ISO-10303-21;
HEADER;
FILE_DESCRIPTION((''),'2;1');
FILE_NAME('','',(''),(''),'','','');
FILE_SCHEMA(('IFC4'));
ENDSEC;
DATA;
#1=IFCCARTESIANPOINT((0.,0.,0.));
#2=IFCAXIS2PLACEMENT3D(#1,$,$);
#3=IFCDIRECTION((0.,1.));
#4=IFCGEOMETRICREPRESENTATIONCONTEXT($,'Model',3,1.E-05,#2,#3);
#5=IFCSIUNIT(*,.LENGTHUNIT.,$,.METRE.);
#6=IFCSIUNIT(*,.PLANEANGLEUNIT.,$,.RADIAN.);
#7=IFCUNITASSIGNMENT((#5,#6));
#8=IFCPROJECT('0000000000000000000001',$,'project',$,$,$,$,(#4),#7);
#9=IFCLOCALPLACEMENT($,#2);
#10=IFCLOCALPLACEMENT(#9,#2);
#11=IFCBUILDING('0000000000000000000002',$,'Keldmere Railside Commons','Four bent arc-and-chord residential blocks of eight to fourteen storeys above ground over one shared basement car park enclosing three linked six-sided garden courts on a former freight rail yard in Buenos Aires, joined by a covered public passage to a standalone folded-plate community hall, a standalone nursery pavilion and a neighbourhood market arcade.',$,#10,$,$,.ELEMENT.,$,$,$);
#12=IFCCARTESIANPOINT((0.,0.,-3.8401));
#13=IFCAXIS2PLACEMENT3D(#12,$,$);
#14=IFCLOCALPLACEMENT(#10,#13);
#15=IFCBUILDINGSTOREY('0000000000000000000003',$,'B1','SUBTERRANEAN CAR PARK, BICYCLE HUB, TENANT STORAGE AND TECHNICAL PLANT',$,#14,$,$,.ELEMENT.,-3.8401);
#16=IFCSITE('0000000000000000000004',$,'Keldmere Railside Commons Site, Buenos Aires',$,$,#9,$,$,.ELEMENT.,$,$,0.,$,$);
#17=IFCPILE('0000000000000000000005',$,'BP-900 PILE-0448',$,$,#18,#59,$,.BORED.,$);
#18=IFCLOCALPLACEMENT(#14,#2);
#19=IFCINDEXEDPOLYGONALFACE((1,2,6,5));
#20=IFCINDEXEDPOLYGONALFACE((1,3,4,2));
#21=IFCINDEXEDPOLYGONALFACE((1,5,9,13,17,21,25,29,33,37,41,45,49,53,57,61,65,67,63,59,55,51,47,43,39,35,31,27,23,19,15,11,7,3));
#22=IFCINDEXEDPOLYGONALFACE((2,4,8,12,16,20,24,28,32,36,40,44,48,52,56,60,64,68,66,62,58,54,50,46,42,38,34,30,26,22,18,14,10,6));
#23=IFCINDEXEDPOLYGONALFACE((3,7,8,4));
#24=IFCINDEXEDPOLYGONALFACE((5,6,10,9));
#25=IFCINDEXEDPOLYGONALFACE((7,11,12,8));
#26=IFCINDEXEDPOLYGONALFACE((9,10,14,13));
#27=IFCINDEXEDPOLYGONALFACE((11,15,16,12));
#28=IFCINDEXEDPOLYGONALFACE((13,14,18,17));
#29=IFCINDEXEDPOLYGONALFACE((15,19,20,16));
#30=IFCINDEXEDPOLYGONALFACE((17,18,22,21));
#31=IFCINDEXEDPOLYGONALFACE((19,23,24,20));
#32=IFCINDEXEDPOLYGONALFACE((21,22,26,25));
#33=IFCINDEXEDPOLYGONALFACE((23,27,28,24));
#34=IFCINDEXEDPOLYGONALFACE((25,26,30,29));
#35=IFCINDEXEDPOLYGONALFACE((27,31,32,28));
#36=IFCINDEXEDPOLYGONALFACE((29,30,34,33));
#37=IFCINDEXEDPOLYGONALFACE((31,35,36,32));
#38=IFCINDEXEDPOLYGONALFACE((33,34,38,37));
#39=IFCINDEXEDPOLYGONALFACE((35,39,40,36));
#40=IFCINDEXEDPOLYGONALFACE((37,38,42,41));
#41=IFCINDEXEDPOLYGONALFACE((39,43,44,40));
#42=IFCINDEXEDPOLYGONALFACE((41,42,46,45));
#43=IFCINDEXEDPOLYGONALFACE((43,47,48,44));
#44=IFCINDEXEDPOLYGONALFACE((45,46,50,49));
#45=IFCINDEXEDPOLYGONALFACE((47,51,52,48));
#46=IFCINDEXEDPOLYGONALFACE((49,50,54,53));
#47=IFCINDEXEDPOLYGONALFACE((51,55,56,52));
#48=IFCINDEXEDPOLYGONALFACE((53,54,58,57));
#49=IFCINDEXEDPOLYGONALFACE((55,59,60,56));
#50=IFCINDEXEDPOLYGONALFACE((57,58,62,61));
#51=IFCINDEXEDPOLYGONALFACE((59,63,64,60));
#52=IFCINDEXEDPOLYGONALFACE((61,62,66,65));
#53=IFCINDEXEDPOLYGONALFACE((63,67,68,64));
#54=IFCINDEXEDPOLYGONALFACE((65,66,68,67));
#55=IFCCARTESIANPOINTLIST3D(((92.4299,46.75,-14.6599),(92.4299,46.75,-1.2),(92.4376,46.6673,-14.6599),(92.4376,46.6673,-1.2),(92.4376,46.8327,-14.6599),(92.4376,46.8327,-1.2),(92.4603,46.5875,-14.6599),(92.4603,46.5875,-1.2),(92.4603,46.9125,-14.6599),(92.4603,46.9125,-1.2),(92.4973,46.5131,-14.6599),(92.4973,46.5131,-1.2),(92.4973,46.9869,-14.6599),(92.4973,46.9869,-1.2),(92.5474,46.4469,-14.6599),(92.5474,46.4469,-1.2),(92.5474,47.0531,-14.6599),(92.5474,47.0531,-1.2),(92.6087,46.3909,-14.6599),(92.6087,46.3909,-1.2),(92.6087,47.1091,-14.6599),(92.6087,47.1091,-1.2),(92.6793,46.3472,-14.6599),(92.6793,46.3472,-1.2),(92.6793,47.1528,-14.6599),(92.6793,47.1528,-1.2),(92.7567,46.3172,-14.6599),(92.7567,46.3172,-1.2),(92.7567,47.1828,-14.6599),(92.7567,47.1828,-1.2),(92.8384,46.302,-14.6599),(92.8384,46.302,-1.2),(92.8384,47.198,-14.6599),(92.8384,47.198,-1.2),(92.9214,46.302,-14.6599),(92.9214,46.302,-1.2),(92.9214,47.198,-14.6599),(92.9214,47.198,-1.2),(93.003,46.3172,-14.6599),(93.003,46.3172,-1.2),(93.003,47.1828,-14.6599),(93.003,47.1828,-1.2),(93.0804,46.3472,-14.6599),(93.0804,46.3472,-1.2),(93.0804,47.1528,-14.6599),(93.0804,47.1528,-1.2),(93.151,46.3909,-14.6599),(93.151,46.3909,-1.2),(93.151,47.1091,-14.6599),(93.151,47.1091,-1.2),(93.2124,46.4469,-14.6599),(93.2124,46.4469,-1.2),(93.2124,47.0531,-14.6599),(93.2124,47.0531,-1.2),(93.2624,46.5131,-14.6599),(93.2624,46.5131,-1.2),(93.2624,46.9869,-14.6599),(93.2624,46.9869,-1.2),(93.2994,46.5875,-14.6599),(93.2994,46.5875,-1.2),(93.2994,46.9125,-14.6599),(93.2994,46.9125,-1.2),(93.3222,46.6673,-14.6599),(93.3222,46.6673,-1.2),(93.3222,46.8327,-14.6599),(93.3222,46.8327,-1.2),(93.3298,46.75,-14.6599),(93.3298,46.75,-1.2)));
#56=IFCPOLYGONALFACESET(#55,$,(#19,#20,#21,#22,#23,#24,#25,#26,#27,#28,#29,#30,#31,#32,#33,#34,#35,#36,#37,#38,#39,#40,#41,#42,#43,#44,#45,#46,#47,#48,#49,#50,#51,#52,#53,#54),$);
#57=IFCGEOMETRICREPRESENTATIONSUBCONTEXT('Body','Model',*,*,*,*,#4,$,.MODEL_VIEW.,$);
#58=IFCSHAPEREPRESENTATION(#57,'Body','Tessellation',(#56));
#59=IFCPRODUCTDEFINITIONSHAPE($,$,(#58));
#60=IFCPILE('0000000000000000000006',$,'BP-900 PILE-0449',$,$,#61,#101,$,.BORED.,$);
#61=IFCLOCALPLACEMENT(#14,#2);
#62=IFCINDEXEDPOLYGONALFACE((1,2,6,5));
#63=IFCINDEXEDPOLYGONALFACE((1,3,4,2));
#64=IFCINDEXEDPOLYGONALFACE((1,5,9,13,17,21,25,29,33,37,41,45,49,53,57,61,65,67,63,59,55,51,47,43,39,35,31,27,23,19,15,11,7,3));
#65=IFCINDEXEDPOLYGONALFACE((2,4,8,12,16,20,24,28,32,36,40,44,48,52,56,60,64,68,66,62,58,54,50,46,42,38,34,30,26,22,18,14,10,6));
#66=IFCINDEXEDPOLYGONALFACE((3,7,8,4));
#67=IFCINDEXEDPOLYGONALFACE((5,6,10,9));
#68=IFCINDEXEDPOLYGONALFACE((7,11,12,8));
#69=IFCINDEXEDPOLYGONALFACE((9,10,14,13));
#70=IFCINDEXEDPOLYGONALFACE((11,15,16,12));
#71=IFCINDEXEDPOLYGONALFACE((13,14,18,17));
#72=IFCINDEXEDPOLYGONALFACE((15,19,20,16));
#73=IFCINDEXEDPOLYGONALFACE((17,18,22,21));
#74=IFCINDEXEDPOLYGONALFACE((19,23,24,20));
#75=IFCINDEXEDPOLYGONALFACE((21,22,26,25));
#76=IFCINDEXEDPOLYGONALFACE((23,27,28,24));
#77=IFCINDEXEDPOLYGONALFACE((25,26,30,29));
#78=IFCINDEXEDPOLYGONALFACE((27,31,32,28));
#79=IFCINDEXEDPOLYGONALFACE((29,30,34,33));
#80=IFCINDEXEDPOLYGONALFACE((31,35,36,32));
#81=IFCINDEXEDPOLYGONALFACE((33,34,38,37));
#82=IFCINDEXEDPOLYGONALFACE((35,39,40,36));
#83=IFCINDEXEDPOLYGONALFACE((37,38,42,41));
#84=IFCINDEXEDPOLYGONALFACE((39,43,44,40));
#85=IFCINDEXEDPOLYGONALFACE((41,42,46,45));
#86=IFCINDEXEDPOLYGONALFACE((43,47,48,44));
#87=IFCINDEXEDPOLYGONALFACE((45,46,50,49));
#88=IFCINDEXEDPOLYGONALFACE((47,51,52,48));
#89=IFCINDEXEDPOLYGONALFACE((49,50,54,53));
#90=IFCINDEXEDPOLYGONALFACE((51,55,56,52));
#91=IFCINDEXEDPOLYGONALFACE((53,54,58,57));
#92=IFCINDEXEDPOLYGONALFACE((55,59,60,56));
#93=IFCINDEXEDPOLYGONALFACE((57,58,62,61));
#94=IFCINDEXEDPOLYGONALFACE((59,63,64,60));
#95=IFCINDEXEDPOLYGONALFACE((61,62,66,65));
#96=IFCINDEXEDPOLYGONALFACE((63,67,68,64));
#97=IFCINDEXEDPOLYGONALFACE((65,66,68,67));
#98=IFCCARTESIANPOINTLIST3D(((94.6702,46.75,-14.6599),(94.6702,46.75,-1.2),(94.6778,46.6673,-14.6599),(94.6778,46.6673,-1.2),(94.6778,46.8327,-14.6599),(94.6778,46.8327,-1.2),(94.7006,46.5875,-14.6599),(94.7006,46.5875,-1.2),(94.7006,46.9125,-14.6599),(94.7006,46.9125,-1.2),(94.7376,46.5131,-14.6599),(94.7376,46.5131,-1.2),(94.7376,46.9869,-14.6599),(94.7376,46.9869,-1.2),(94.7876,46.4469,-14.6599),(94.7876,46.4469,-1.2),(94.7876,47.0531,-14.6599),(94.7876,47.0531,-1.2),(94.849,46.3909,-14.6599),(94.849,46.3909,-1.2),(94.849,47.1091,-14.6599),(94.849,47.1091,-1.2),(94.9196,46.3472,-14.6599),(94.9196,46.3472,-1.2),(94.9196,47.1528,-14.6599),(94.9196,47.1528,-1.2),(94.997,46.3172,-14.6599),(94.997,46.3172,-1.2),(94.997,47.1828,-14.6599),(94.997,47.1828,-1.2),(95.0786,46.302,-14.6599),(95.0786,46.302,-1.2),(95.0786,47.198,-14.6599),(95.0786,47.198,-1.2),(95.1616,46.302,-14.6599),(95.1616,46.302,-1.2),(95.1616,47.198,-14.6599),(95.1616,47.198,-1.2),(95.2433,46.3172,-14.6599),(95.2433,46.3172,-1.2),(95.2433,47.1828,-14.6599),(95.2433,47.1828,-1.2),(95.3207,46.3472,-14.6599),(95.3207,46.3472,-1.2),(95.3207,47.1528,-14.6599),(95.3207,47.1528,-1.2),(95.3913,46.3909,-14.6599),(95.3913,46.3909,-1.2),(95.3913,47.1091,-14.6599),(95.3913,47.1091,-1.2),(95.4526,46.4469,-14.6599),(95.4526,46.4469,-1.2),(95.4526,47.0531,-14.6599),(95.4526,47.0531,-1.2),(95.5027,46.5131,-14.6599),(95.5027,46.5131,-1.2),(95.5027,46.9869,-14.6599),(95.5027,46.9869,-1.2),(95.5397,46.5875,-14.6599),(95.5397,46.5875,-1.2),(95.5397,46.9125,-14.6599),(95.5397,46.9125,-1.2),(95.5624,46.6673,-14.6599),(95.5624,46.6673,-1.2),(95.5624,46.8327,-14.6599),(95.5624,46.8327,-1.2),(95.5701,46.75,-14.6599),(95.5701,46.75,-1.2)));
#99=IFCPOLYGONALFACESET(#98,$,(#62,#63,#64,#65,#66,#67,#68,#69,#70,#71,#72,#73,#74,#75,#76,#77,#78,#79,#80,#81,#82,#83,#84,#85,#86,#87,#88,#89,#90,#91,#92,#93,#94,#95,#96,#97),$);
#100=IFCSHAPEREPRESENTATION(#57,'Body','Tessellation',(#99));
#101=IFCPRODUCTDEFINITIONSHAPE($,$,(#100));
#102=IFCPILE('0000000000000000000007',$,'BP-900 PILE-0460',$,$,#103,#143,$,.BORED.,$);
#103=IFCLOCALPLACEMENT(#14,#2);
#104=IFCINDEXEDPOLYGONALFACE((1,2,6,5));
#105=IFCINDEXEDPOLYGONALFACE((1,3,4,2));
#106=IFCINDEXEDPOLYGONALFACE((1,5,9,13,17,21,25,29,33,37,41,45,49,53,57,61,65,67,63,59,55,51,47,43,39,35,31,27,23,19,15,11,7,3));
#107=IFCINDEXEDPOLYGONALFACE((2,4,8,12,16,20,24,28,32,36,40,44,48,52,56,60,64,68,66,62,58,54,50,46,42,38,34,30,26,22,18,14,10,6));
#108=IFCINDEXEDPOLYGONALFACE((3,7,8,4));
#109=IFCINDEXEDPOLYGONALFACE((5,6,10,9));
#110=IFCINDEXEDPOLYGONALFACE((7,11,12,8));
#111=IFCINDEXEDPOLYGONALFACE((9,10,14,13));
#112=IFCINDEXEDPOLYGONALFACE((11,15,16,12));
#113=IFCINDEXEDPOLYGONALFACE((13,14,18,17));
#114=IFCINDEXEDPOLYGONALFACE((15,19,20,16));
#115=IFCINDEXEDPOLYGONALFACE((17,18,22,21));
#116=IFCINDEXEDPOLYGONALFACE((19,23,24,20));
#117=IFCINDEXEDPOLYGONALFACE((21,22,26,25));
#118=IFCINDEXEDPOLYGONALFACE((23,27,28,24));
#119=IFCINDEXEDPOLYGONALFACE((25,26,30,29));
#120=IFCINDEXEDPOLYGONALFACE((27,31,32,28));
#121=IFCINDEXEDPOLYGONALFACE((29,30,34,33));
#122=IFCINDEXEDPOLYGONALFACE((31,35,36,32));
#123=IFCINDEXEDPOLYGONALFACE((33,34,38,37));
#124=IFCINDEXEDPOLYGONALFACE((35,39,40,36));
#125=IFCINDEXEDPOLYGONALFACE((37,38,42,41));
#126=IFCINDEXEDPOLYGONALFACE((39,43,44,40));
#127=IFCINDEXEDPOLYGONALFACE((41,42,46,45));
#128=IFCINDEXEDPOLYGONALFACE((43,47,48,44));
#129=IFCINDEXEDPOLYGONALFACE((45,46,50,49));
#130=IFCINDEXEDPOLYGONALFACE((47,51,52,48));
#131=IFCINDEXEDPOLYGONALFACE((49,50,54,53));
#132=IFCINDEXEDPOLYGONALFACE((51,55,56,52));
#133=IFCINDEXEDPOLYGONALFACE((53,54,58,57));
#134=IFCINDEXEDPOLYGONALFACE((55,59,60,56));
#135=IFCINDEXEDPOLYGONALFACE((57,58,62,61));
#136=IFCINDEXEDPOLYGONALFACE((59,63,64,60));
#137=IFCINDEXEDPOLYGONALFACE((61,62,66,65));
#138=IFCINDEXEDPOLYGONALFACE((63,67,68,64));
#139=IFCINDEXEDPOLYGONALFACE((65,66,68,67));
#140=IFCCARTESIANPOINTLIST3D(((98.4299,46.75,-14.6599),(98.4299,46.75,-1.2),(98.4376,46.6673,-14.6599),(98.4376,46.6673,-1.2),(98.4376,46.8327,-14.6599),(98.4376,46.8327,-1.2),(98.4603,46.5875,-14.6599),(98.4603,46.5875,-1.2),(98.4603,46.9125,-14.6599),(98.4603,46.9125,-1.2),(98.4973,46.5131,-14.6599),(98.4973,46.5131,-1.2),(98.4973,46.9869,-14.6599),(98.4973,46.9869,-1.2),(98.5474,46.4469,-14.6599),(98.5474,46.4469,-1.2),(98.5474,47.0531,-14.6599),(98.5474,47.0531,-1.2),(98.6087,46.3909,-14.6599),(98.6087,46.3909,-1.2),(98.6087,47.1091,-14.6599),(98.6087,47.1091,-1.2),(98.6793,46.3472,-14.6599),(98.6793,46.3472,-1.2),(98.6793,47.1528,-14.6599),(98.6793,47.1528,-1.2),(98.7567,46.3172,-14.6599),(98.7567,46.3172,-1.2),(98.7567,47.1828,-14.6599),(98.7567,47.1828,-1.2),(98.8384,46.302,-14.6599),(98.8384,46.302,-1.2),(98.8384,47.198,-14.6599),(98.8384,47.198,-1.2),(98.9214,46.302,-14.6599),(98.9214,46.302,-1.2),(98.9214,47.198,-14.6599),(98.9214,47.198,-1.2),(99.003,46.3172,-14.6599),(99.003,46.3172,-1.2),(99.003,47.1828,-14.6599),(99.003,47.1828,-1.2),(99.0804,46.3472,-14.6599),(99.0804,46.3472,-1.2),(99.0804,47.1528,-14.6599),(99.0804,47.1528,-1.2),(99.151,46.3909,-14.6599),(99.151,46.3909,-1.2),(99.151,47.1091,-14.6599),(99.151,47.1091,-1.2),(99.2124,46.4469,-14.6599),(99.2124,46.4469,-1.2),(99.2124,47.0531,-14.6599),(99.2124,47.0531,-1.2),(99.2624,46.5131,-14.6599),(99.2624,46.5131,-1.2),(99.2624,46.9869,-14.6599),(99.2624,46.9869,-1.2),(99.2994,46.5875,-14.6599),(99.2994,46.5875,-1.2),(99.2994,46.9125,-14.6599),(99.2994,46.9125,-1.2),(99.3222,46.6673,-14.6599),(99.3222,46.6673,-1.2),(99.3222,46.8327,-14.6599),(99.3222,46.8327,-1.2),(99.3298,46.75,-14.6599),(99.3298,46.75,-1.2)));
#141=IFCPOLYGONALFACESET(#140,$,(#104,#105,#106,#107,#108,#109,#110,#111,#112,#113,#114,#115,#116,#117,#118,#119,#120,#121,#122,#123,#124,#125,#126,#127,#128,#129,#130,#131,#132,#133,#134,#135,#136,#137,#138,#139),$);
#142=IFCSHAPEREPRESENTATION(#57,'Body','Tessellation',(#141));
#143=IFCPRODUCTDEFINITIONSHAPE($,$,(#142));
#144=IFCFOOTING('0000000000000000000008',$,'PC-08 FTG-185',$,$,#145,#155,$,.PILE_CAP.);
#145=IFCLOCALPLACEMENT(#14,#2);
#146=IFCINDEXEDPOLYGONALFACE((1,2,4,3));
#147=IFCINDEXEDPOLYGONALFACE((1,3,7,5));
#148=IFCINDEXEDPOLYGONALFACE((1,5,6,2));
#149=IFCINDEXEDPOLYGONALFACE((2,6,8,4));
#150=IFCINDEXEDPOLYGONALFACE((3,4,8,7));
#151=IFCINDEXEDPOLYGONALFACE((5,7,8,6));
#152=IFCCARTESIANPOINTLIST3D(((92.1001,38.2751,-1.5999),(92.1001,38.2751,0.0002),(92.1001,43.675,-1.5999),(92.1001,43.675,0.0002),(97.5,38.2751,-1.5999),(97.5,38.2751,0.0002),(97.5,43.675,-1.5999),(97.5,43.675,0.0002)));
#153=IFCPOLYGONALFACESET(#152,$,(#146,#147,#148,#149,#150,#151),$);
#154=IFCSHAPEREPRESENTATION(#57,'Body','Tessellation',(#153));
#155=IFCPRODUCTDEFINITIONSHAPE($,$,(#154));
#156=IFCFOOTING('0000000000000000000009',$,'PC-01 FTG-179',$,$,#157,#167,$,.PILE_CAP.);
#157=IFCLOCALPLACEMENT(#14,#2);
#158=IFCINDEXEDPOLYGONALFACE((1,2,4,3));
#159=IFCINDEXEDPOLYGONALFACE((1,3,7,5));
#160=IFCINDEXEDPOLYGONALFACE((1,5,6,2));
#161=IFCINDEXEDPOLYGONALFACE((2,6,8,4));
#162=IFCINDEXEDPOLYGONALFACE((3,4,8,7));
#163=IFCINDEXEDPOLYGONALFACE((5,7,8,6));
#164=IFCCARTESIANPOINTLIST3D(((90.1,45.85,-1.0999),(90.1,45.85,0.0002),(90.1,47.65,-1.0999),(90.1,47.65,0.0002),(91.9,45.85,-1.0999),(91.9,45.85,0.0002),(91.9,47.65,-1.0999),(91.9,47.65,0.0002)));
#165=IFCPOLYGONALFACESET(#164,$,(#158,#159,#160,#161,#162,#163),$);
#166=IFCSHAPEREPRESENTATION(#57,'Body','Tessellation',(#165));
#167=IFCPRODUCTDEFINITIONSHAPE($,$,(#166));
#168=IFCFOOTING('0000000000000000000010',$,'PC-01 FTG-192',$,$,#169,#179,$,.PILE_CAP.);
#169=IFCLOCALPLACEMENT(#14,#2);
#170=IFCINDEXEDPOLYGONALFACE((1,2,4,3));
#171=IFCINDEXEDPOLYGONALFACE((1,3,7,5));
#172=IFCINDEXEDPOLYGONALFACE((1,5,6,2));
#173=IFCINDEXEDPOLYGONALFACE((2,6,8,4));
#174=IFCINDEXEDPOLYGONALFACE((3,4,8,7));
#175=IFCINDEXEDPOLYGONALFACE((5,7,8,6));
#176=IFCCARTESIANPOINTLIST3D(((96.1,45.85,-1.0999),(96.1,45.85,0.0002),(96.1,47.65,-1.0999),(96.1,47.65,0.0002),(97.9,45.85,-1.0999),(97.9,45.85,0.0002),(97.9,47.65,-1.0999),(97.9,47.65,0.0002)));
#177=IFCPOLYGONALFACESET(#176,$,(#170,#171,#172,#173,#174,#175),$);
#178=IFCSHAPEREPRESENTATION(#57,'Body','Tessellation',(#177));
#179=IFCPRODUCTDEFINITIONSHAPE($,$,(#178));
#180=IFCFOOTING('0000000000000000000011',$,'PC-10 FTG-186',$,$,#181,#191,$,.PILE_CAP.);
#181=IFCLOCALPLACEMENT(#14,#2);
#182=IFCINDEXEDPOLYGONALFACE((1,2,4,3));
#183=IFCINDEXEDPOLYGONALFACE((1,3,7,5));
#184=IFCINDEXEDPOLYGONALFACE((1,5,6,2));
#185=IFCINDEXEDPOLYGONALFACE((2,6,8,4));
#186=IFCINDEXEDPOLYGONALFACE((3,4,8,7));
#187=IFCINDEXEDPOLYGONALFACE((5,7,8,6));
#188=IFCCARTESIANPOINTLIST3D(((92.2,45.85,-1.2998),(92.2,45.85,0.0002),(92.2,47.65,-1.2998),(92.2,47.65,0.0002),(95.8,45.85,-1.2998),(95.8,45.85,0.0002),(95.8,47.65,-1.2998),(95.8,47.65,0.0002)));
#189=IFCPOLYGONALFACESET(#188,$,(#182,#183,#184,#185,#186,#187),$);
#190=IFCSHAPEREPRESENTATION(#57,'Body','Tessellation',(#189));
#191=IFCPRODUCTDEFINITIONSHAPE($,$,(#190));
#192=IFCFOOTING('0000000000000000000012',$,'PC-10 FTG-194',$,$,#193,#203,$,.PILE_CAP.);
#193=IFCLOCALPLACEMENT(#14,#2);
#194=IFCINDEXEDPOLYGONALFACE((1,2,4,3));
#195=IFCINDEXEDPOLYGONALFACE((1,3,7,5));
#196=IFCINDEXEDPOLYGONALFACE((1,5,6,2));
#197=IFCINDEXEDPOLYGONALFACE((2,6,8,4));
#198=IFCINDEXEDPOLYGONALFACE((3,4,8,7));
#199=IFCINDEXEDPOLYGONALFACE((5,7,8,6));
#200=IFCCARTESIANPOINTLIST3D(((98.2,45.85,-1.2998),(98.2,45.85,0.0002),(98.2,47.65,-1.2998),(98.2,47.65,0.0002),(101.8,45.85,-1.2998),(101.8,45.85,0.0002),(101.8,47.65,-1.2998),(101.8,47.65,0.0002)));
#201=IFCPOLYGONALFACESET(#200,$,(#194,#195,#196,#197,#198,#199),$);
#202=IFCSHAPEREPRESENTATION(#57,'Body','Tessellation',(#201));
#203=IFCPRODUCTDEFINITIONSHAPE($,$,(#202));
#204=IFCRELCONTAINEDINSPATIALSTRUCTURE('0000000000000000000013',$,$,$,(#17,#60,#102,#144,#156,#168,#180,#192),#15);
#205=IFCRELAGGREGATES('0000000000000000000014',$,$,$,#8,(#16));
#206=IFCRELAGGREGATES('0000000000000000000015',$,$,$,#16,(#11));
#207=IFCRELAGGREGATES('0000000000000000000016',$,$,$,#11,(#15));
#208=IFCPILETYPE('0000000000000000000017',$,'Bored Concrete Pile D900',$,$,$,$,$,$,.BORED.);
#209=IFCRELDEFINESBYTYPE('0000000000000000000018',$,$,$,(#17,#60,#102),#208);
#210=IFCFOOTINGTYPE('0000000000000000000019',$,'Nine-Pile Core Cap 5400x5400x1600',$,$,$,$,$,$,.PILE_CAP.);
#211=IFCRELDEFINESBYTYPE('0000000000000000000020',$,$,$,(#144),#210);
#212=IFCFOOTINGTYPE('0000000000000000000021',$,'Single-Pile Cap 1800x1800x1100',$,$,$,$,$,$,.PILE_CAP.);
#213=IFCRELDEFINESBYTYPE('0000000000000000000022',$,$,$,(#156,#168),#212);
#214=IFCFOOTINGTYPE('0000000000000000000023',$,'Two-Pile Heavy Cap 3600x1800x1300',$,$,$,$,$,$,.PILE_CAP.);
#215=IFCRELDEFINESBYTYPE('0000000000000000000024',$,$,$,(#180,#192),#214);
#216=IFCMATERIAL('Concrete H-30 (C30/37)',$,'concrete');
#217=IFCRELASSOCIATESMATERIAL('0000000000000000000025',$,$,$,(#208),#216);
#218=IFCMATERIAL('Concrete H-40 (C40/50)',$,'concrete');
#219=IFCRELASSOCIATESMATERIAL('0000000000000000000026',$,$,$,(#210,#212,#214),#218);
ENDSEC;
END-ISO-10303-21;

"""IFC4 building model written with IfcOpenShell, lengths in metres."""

from ifc_helpers import new_model, si_unit, direction, frame, origin, origin_2d, place, context, subcontext, project, spatial, rectangle, circle, extrude, material, material_profile, profile_set, type_object, element, save


model = new_model("IFC4")

# Units and contexts
model_context = context("Model", 3, precision=1e-05, world=origin(), true_north=direction((0.0, 1.0)))
body_context = subcontext(model_context, "Body", "Model", "MODEL_VIEW")
ifc_project = project(units=[si_unit("LENGTHUNIT", "METRE"), si_unit("PLANEANGLEUNIT", "RADIAN")], contexts=[model_context])

# Site, building, storey
site_placement = place(None, origin())
site = spatial("IfcSite", under=ifc_project, at=site_placement, Name="Keldmere Railside Commons Site, Buenos Aires", CompositionType="ELEMENT", RefElevation=0.0)
building_placement = place(site_placement, origin())
building = spatial("IfcBuilding", under=site, at=building_placement, Name="Keldmere Railside Commons", Description="Four bent arc-and-chord residential blocks of eight to fourteen storeys above ground over one shared basement car park enclosing three linked six-sided garden courts on a former freight rail yard in Buenos Aires, joined by a covered public passage to a standalone folded-plate community hall, a standalone nursery pavilion and a neighbourhood market arcade.", CompositionType="ELEMENT")
storey_placement = place(building_placement, frame((0.0, 0.0, -3.8401)))
storey = spatial("IfcBuildingStorey", under=building, at=storey_placement, Name="B1", Description="SUBTERRANEAN CAR PARK, BICYCLE HUB, TENANT STORAGE AND TECHNICAL PLANT", CompositionType="ELEMENT", Elevation=-3.8401)

# Piles
ifc_material_1 = material(Name="Concrete H-30 (C30/37)", Category="concrete")
ifc_material_profile_1 = material_profile(ifc_material_1, circle(Radius=0.45, at=origin_2d()), Name="PILE-D900")
ifc_profile_set_1 = profile_set([ifc_material_profile_1], Name="Concrete H-30 (C30/37)")
pile_type_1 = type_object("IfcPileType", Name="Bored Concrete Pile D900", PredefinedType="BORED", material=ifc_profile_set_1)
for number, where, z_axis, x_axis, name in (
    (1, (92.8799, 46.75, -1.2), (0.0, 0.0, -1.0), (1.0, 0.0, 0.0), "BP-900 PILE-0448"),
    (2, (95.1201, 46.75, -1.2), (0.0, 0.0, -1.0), (1.0, 0.0, 0.0), "BP-900 PILE-0449"),
    (3, (98.8799, 46.75, -1.2), (0.0, 0.0, -1.0), (1.0, 0.0, 0.0), "BP-900 PILE-0460"),
):
    element("IfcPile", number, at=place(storey_placement, frame(where, z_axis=z_axis, x_axis=x_axis)), inside=storey, type_object=pile_type_1, Name=name, PredefinedType="BORED", context=body_context, shape_type="SweptSolid", body=[
        extrude(circle(Radius=0.45, at=origin_2d()), origin(), (0.0, 0.0, 1.0), 13.46),
    ])

# Footings
ifc_material_2 = material(Name="Concrete H-40 (C40/50)", Category="concrete")
footing_type_1 = type_object("IfcFootingType", Name="Nine-Pile Core Cap 5400x5400x1600", PredefinedType="PILE_CAP", material=ifc_material_2)
footing_placement = place(storey_placement, frame((94.8, 40.9751, -1.5999), z_axis=(0.0, 0.0, 1.0), x_axis=(1.0, 0.0, 0.0)))
element("IfcFooting", 4, at=footing_placement, inside=storey, type_object=footing_type_1, Name="PC-08 FTG-185", PredefinedType="PILE_CAP", context=body_context, shape_type="SweptSolid", body=[
    extrude(rectangle(XDim=5.3999, YDim=5.3999, at=origin_2d()), origin(), (0.0, 0.0, 1.0), 1.6001),
])
footing_type_2 = type_object("IfcFootingType", Name="Single-Pile Cap 1800x1800x1100", PredefinedType="PILE_CAP", material=ifc_material_2)
for number, where, z_axis, x_axis, name in (
    (5, (91.0, 46.75, -1.0999), (0.0, 0.0, 1.0), (1.0, 0.0, 0.0), "PC-01 FTG-179"),
    (6, (97.0, 46.75, -1.0999), (0.0, 0.0, 1.0), (1.0, 0.0, 0.0), "PC-01 FTG-192"),
):
    element("IfcFooting", number, at=place(storey_placement, frame(where, z_axis=z_axis, x_axis=x_axis)), inside=storey, type_object=footing_type_2, Name=name, PredefinedType="PILE_CAP", context=body_context, shape_type="SweptSolid", body=[
        extrude(rectangle(XDim=1.8, YDim=1.8, at=origin_2d()), origin(), (0.0, 0.0, 1.0), 1.1001),
    ])
footing_type_3 = type_object("IfcFootingType", Name="Two-Pile Heavy Cap 3600x1800x1300", PredefinedType="PILE_CAP", material=ifc_material_2)
for number, where, z_axis, x_axis, name in (
    (7, (94.0, 46.75, -1.2998), (0.0, 0.0, 1.0), (1.0, 0.0, 0.0), "PC-10 FTG-186"),
    (8, (100.0, 46.75, -1.2998), (0.0, 0.0, 1.0), (1.0, 0.0, 0.0), "PC-10 FTG-194"),
):
    element("IfcFooting", number, at=place(storey_placement, frame(where, z_axis=z_axis, x_axis=x_axis)), inside=storey, type_object=footing_type_3, Name=name, PredefinedType="PILE_CAP", context=body_context, shape_type="SweptSolid", body=[
        extrude(rectangle(XDim=3.6001, YDim=1.8, at=origin_2d()), origin(), (0.0, 0.0, 1.0), 1.3),
    ])

save(model, "model.ifc")
